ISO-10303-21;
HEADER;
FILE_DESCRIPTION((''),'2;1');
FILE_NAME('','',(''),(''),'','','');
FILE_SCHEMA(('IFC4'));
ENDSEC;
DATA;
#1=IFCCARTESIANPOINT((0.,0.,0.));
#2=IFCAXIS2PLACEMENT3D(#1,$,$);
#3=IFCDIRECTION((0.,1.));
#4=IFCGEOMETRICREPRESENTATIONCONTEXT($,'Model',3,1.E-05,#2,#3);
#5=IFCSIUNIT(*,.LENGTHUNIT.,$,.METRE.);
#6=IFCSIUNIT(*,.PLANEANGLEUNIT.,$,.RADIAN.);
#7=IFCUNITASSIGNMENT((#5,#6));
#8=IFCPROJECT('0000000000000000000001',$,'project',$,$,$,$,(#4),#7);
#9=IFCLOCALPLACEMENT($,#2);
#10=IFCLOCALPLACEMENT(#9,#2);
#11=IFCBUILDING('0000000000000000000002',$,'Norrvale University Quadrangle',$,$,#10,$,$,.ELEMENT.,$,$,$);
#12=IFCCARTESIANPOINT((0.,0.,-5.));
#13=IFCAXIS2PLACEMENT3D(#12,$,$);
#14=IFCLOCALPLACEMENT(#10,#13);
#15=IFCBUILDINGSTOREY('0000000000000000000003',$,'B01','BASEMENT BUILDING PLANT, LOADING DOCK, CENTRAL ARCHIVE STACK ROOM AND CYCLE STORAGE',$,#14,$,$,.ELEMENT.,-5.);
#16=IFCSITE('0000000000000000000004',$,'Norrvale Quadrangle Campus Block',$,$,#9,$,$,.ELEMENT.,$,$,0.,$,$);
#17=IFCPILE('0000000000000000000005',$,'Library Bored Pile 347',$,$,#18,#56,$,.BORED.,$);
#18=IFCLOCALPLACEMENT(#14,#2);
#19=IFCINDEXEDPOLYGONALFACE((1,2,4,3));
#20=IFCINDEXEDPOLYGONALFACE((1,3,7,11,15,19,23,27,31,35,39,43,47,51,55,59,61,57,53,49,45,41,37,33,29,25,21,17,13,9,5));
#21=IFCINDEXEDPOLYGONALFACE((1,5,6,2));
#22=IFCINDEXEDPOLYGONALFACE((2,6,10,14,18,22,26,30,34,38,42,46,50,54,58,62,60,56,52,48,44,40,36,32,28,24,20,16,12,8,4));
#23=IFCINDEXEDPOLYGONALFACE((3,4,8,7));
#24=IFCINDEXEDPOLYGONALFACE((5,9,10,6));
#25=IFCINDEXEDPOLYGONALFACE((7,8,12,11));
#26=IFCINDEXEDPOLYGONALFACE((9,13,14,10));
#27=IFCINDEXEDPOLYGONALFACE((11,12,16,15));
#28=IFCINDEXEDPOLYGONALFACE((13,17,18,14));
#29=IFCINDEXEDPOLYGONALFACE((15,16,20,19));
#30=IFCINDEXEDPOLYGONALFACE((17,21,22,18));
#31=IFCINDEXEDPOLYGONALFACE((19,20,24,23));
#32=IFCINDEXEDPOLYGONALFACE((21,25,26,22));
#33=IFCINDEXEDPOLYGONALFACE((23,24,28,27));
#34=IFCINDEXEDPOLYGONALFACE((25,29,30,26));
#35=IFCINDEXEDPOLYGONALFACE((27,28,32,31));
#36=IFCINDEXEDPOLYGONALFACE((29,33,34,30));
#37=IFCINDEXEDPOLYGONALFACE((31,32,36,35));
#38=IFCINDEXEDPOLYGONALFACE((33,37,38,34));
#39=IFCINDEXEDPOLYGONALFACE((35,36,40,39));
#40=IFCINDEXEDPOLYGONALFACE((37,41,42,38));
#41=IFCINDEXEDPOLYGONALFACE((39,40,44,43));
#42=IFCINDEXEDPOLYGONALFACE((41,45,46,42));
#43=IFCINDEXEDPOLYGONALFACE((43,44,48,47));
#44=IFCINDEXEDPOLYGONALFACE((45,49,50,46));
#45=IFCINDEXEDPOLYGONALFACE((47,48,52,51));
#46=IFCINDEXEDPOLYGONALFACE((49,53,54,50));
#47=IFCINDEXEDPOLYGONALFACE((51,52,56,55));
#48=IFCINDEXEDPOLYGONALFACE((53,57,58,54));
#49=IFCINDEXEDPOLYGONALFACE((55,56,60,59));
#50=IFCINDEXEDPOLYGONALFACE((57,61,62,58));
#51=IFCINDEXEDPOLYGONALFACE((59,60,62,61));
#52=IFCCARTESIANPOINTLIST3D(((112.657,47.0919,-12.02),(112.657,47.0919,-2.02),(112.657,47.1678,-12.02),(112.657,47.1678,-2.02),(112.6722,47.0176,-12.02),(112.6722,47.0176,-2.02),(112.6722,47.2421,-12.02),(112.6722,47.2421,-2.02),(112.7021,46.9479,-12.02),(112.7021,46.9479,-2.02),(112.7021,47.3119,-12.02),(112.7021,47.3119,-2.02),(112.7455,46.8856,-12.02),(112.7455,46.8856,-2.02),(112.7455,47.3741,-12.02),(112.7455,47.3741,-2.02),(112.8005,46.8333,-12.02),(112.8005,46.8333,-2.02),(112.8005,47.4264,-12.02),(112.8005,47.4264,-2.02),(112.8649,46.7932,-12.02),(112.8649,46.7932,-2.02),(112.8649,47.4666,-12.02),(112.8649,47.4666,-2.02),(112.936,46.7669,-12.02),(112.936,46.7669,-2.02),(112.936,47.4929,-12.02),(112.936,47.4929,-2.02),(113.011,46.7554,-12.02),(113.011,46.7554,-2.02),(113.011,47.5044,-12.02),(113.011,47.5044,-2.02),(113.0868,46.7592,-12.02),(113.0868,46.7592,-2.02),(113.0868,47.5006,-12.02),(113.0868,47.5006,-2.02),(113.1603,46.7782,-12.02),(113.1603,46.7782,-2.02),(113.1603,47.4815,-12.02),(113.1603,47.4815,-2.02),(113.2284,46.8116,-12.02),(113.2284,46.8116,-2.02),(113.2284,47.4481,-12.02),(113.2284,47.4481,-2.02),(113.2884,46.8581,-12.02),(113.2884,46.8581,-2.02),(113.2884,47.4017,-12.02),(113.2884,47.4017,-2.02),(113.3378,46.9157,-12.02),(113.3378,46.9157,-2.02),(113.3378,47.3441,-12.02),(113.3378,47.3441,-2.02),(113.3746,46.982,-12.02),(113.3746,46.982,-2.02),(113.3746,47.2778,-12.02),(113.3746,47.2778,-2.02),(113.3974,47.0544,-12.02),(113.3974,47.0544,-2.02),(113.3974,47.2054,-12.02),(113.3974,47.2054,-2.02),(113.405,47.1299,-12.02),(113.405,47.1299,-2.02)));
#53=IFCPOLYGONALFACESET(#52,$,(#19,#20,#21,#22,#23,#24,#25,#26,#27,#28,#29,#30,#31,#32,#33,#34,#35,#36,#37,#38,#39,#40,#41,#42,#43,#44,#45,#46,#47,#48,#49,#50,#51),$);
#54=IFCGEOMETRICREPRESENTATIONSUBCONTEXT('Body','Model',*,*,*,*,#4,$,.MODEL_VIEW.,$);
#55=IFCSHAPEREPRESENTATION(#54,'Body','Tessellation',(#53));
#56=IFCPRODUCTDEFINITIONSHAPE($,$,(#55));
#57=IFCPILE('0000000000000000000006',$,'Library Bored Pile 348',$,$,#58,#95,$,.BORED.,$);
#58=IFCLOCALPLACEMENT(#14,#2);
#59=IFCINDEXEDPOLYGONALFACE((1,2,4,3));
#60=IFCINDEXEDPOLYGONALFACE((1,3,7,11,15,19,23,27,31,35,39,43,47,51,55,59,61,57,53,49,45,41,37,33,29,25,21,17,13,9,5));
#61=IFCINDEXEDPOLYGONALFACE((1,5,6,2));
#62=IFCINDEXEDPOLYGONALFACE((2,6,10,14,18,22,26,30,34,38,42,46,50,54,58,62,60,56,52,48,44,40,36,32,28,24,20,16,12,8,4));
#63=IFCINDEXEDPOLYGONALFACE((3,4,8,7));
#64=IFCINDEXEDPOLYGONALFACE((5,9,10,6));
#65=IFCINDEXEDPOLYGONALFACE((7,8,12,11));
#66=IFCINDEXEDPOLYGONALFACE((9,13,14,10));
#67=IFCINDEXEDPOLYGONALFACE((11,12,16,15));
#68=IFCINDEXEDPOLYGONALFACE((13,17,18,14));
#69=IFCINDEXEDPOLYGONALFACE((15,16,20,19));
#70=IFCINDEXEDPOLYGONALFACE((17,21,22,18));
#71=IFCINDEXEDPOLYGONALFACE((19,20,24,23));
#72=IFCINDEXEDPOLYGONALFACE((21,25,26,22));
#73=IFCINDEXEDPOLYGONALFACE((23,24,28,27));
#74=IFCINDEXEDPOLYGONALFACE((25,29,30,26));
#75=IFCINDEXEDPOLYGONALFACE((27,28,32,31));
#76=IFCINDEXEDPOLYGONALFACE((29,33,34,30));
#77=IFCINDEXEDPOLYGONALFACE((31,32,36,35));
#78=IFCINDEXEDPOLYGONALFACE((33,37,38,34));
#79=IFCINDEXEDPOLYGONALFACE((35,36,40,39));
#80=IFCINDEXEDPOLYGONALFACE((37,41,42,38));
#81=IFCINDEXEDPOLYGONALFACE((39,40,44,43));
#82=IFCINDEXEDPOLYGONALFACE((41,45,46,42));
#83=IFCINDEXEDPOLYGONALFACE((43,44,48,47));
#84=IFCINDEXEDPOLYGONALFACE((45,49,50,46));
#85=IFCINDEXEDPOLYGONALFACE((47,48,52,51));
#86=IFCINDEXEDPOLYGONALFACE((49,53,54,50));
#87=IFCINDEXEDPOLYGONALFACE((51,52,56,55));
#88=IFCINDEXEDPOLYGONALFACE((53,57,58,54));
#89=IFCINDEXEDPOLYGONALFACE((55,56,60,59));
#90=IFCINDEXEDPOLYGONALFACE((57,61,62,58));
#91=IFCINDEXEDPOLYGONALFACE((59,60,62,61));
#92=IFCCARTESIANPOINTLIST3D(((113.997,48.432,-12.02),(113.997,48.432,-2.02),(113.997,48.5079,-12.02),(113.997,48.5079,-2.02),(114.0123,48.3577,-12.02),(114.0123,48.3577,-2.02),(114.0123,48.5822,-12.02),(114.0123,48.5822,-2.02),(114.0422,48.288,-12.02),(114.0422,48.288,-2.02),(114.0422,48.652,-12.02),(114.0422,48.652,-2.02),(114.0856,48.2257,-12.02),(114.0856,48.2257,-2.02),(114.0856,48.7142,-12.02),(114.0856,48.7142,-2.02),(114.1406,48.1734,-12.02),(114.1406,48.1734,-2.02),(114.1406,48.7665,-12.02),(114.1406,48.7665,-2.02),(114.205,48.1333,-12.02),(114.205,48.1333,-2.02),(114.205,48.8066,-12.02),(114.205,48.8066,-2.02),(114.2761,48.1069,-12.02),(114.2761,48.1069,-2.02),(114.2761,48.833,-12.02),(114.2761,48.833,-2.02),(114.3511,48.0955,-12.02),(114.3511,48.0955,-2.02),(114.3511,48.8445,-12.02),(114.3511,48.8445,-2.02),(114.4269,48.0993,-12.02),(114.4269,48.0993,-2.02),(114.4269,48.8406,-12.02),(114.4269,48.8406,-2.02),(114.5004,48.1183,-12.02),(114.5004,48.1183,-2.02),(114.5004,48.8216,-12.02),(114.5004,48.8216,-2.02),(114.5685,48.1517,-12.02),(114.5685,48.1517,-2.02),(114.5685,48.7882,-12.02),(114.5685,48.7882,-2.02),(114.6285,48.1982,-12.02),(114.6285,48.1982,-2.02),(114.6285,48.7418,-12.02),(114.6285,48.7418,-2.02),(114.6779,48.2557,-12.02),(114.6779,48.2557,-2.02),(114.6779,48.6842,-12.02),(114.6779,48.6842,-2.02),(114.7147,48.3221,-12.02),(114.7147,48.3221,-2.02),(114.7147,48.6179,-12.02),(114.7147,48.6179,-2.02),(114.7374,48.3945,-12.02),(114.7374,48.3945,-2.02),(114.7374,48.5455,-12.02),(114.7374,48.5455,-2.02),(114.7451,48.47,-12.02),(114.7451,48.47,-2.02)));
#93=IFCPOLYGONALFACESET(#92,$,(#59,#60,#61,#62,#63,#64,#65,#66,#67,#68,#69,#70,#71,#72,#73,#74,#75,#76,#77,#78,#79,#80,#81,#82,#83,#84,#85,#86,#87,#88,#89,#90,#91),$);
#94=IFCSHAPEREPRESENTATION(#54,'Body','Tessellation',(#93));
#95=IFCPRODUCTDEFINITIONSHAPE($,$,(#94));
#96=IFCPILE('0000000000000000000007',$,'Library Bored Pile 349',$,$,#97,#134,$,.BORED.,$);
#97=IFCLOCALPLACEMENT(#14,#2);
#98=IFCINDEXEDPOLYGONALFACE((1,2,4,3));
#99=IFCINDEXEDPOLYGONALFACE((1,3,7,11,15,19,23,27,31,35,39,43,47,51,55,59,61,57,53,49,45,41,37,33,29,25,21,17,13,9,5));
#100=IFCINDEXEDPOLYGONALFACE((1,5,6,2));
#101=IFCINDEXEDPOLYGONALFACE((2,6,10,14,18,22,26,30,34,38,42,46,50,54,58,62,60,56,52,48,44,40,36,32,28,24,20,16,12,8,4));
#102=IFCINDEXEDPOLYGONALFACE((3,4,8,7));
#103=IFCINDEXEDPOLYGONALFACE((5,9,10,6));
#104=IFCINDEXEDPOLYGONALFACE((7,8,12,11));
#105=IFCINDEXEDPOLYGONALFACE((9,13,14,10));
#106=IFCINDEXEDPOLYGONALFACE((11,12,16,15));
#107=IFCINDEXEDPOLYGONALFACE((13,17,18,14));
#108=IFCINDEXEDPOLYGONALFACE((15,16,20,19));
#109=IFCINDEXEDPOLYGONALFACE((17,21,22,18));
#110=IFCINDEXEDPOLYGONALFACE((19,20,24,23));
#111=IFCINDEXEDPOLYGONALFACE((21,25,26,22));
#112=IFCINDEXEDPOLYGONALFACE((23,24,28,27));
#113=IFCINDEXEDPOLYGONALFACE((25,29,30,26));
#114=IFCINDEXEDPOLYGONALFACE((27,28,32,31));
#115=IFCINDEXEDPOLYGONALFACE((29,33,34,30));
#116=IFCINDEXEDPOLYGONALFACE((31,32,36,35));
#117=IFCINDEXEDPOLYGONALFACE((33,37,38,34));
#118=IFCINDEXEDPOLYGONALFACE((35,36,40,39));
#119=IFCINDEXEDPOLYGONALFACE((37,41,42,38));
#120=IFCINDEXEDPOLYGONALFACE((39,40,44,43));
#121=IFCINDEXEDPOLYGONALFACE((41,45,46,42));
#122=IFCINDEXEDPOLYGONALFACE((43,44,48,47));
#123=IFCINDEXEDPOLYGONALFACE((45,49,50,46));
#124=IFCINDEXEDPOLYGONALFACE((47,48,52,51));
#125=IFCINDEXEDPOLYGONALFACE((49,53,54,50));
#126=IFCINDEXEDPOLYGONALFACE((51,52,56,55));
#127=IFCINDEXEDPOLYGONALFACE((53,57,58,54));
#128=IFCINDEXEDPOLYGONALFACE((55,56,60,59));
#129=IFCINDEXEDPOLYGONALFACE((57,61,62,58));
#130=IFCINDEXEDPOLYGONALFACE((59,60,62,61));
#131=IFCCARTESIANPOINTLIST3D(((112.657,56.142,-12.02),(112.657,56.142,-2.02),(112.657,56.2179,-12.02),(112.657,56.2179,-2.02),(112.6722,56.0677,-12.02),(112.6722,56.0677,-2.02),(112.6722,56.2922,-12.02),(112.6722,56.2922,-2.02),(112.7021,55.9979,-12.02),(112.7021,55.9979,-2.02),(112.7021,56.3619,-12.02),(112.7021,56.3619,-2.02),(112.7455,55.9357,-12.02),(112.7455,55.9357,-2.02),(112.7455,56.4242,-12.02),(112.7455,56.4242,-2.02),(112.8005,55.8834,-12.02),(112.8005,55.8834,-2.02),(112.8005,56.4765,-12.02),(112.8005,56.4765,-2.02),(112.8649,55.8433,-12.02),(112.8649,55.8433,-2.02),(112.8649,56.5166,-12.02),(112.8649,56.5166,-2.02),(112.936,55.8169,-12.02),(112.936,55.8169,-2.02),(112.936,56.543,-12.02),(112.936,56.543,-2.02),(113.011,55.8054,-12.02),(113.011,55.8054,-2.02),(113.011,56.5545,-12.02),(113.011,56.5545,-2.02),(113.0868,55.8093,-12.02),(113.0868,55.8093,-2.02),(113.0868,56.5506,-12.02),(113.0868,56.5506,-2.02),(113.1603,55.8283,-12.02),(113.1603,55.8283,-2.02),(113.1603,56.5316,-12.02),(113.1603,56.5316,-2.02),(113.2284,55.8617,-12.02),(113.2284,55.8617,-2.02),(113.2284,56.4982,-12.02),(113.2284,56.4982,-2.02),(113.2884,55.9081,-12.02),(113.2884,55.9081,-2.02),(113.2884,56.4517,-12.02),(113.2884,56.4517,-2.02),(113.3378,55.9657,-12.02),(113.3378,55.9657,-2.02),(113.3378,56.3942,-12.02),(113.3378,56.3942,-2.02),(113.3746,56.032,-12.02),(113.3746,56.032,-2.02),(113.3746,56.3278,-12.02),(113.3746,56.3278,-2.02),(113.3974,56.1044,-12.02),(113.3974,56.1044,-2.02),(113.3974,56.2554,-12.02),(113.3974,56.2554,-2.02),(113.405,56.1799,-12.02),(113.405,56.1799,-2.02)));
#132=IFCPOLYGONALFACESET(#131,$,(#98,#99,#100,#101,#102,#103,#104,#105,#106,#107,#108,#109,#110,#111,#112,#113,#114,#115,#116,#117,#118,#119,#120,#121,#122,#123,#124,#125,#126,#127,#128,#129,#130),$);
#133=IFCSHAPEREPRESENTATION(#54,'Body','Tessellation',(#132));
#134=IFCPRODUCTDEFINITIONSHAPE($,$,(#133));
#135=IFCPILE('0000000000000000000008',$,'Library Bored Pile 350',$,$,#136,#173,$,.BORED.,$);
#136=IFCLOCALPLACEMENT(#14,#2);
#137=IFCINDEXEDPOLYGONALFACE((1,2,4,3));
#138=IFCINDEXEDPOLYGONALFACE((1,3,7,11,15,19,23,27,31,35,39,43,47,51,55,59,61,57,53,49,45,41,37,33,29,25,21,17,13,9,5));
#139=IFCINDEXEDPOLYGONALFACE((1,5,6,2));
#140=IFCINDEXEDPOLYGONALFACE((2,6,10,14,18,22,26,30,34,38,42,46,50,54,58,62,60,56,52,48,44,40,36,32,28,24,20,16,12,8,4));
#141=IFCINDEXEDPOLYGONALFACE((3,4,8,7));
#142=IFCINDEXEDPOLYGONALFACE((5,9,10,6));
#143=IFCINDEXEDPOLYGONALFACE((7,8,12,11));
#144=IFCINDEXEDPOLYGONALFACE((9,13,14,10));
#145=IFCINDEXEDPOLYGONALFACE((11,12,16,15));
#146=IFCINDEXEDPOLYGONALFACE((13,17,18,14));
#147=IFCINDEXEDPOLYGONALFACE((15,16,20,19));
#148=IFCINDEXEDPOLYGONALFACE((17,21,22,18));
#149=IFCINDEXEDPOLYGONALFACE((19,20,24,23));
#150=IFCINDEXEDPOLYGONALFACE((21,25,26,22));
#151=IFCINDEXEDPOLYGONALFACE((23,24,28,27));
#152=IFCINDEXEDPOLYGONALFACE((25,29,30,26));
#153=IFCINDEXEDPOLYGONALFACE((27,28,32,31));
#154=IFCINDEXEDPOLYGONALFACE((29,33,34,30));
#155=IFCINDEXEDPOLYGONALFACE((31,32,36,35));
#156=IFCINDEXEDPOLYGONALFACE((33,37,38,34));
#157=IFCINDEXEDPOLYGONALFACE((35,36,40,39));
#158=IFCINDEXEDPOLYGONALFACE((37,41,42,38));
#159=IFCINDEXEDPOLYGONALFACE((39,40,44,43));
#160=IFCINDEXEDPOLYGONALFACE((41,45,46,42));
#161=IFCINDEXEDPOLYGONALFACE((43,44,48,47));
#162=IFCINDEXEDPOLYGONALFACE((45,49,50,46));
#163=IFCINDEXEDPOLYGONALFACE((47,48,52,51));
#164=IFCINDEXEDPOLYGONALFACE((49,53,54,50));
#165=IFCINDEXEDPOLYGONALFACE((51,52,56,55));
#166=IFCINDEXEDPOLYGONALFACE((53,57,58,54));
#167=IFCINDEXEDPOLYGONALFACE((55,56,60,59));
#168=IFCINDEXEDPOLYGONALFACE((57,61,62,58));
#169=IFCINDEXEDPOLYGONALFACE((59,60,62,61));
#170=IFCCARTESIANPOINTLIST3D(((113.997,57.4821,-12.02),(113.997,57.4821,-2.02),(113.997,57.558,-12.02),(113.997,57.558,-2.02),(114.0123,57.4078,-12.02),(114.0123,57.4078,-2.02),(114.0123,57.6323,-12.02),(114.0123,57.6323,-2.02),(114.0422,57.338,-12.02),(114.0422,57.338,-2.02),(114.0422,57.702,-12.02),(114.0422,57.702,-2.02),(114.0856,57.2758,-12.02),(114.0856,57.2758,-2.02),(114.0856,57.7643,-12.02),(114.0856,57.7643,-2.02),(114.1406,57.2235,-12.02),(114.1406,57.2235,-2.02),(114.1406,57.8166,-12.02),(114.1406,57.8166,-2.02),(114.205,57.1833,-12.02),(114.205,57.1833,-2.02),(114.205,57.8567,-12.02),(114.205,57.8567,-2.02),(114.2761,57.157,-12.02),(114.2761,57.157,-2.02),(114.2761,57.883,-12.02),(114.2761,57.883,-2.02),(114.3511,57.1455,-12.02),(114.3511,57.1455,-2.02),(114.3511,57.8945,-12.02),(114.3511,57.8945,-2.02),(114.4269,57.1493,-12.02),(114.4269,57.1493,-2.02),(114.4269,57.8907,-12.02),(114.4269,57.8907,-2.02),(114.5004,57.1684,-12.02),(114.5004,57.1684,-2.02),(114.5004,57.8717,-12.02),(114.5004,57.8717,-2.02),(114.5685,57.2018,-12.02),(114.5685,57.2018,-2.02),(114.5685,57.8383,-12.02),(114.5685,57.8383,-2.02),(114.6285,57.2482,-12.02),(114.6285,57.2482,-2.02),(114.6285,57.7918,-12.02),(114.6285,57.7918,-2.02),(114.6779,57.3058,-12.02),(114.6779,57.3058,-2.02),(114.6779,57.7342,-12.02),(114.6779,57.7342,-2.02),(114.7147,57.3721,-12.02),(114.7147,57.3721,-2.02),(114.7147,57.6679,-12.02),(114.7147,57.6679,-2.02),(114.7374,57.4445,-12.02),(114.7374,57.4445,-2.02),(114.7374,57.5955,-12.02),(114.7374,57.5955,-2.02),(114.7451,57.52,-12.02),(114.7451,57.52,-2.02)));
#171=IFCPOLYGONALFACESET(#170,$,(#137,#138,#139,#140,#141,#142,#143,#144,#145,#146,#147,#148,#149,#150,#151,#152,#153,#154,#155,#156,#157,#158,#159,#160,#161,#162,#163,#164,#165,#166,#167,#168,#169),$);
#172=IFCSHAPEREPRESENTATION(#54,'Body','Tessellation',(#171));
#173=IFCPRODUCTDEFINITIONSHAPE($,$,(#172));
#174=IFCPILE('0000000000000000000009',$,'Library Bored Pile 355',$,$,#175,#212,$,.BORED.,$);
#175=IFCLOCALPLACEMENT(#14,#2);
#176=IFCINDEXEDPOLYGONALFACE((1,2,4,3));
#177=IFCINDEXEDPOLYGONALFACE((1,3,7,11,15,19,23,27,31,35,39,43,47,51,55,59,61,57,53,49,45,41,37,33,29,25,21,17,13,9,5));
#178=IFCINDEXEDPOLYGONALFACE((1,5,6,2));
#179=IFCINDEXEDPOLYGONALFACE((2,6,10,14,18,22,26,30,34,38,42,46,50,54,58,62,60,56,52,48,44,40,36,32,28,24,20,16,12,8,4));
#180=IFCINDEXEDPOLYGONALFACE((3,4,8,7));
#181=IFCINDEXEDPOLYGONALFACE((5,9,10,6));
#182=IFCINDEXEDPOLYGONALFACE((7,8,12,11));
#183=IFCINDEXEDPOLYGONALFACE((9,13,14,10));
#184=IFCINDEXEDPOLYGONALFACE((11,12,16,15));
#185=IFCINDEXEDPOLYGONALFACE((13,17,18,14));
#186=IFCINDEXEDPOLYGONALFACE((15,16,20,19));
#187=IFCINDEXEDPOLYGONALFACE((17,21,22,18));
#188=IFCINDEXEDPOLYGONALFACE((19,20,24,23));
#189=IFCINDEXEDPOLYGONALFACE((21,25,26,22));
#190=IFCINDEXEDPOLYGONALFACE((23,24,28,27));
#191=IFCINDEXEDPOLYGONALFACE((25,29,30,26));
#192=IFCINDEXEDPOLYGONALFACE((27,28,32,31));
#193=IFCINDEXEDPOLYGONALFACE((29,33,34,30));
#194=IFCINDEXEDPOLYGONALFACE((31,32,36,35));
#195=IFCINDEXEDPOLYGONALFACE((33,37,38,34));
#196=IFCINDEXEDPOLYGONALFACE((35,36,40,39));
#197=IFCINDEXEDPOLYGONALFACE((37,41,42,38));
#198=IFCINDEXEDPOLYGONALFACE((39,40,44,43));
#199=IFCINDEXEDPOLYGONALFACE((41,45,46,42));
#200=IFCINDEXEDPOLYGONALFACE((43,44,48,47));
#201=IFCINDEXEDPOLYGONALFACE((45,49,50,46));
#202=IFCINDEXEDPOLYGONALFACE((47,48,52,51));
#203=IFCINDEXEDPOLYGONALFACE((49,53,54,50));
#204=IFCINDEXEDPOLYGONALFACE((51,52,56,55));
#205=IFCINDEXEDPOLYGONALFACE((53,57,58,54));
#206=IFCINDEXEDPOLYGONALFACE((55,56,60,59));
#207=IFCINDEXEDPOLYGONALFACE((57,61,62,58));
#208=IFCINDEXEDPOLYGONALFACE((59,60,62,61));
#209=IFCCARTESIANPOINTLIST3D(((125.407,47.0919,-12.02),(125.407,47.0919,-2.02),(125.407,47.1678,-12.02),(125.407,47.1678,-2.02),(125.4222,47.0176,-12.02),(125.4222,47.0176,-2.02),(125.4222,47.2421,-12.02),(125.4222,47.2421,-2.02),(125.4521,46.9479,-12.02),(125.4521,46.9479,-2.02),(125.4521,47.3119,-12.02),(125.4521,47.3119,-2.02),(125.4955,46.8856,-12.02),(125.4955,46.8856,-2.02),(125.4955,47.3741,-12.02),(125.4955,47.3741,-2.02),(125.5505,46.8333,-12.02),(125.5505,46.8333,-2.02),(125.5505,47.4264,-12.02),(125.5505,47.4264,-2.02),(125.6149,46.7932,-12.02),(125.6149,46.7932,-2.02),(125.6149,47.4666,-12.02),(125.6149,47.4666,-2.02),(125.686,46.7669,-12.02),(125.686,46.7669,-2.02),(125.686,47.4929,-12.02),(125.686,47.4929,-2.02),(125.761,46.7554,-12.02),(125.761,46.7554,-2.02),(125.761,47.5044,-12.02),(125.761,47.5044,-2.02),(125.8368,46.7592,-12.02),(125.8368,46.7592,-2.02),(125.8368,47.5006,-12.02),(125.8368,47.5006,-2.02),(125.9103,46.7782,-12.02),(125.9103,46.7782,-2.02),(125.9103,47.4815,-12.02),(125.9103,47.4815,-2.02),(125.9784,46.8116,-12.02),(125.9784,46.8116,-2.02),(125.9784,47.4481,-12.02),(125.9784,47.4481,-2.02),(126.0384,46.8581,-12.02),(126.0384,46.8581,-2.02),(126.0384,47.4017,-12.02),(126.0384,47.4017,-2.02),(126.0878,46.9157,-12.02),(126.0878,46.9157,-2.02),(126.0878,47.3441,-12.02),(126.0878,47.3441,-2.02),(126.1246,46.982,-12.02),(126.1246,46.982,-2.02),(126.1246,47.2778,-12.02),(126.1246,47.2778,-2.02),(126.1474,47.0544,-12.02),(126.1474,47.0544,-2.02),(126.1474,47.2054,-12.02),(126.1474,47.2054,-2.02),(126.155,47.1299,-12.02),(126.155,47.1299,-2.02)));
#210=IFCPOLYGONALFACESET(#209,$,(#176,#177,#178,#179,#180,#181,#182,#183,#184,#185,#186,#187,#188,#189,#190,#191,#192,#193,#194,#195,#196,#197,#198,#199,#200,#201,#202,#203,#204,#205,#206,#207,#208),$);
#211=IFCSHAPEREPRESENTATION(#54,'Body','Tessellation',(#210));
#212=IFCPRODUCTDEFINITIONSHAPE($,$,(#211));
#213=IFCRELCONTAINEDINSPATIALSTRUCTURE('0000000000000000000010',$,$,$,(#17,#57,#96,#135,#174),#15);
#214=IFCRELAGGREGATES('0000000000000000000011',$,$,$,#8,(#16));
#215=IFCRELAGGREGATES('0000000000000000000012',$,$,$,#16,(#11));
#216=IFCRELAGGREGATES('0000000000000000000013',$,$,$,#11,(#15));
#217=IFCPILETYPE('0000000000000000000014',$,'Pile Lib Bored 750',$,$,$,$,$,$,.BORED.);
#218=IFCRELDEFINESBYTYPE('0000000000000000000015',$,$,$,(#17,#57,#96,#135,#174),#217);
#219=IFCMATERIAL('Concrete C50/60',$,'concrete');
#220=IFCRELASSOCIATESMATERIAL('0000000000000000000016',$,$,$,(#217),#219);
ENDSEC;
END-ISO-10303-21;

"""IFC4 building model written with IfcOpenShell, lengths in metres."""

from ifc_helpers import new_model, si_unit, direction, frame, origin, origin_2d, place, context, subcontext, project, spatial, circle, extrude, material, material_profile, profile_set, type_object, element, save


model = new_model("IFC4")

# Units and contexts
model_context = context("Model", 3, precision=1e-05, world=origin(), true_north=direction((0.0, 1.0)))
body_context = subcontext(model_context, "Body", "Model", "MODEL_VIEW")
ifc_project = project(units=[si_unit("LENGTHUNIT", "METRE"), si_unit("PLANEANGLEUNIT", "RADIAN")], contexts=[model_context])

# Site, building, storey
site_placement = place(None, origin())
site = spatial("IfcSite", under=ifc_project, at=site_placement, Name="Norrvale Quadrangle Campus Block", CompositionType="ELEMENT", RefElevation=0.0)
building_placement = place(site_placement, origin())
building = spatial("IfcBuilding", under=site, at=building_placement, Name="Norrvale University Quadrangle", CompositionType="ELEMENT")
storey_placement = place(building_placement, frame((0.0, 0.0, -5.0)))
storey = spatial("IfcBuildingStorey", under=building, at=storey_placement, Name="B01", Description="BASEMENT BUILDING PLANT, LOADING DOCK, CENTRAL ARCHIVE STACK ROOM AND CYCLE STORAGE", CompositionType="ELEMENT", Elevation=-5.0)

# Shared definitions
ifc_material_1 = material(Name="Concrete C50/60", Category="concrete")

# Piles
ifc_material_profile_1 = material_profile(ifc_material_1, circle(Radius=0.375, at=origin_2d()), Name="Concrete C50/60")
ifc_profile_set_1 = profile_set([ifc_material_profile_1], Name="Concrete C50/60")
pile_type = type_object("IfcPileType", Name="Pile Lib Bored 750", PredefinedType="BORED", material=ifc_profile_set_1)
for number, where, z_axis, x_axis, name in (
    (1, (113.03, 47.1299, -2.02), (0.0, 0.0, -1.0), (1.0, 0.0, 0.0), "Library Bored Pile 347"),
    (2, (114.3701, 48.47, -2.02), (0.0, 0.0, -1.0), (1.0, 0.0, 0.0), "Library Bored Pile 348"),
    (3, (113.03, 56.1799, -2.02), (0.0, 0.0, -1.0), (1.0, 0.0, 0.0), "Library Bored Pile 349"),
    (4, (114.3701, 57.52, -2.02), (0.0, 0.0, -1.0), (1.0, 0.0, 0.0), "Library Bored Pile 350"),
    (5, (125.78, 47.1299, -2.02), (0.0, 0.0, -1.0), (1.0, 0.0, 0.0), "Library Bored Pile 355"),
):
    element("IfcPile", number, at=place(storey_placement, frame(where, z_axis=z_axis, x_axis=x_axis)), inside=storey, type_object=pile_type, Name=name, PredefinedType="BORED", context=body_context, shape_type="SweptSolid", body=[
        extrude(circle(Radius=0.375, at=origin_2d()), origin(), (0.0, 0.0, 1.0), 10.0),
    ])

save(model, "model.ifc")
